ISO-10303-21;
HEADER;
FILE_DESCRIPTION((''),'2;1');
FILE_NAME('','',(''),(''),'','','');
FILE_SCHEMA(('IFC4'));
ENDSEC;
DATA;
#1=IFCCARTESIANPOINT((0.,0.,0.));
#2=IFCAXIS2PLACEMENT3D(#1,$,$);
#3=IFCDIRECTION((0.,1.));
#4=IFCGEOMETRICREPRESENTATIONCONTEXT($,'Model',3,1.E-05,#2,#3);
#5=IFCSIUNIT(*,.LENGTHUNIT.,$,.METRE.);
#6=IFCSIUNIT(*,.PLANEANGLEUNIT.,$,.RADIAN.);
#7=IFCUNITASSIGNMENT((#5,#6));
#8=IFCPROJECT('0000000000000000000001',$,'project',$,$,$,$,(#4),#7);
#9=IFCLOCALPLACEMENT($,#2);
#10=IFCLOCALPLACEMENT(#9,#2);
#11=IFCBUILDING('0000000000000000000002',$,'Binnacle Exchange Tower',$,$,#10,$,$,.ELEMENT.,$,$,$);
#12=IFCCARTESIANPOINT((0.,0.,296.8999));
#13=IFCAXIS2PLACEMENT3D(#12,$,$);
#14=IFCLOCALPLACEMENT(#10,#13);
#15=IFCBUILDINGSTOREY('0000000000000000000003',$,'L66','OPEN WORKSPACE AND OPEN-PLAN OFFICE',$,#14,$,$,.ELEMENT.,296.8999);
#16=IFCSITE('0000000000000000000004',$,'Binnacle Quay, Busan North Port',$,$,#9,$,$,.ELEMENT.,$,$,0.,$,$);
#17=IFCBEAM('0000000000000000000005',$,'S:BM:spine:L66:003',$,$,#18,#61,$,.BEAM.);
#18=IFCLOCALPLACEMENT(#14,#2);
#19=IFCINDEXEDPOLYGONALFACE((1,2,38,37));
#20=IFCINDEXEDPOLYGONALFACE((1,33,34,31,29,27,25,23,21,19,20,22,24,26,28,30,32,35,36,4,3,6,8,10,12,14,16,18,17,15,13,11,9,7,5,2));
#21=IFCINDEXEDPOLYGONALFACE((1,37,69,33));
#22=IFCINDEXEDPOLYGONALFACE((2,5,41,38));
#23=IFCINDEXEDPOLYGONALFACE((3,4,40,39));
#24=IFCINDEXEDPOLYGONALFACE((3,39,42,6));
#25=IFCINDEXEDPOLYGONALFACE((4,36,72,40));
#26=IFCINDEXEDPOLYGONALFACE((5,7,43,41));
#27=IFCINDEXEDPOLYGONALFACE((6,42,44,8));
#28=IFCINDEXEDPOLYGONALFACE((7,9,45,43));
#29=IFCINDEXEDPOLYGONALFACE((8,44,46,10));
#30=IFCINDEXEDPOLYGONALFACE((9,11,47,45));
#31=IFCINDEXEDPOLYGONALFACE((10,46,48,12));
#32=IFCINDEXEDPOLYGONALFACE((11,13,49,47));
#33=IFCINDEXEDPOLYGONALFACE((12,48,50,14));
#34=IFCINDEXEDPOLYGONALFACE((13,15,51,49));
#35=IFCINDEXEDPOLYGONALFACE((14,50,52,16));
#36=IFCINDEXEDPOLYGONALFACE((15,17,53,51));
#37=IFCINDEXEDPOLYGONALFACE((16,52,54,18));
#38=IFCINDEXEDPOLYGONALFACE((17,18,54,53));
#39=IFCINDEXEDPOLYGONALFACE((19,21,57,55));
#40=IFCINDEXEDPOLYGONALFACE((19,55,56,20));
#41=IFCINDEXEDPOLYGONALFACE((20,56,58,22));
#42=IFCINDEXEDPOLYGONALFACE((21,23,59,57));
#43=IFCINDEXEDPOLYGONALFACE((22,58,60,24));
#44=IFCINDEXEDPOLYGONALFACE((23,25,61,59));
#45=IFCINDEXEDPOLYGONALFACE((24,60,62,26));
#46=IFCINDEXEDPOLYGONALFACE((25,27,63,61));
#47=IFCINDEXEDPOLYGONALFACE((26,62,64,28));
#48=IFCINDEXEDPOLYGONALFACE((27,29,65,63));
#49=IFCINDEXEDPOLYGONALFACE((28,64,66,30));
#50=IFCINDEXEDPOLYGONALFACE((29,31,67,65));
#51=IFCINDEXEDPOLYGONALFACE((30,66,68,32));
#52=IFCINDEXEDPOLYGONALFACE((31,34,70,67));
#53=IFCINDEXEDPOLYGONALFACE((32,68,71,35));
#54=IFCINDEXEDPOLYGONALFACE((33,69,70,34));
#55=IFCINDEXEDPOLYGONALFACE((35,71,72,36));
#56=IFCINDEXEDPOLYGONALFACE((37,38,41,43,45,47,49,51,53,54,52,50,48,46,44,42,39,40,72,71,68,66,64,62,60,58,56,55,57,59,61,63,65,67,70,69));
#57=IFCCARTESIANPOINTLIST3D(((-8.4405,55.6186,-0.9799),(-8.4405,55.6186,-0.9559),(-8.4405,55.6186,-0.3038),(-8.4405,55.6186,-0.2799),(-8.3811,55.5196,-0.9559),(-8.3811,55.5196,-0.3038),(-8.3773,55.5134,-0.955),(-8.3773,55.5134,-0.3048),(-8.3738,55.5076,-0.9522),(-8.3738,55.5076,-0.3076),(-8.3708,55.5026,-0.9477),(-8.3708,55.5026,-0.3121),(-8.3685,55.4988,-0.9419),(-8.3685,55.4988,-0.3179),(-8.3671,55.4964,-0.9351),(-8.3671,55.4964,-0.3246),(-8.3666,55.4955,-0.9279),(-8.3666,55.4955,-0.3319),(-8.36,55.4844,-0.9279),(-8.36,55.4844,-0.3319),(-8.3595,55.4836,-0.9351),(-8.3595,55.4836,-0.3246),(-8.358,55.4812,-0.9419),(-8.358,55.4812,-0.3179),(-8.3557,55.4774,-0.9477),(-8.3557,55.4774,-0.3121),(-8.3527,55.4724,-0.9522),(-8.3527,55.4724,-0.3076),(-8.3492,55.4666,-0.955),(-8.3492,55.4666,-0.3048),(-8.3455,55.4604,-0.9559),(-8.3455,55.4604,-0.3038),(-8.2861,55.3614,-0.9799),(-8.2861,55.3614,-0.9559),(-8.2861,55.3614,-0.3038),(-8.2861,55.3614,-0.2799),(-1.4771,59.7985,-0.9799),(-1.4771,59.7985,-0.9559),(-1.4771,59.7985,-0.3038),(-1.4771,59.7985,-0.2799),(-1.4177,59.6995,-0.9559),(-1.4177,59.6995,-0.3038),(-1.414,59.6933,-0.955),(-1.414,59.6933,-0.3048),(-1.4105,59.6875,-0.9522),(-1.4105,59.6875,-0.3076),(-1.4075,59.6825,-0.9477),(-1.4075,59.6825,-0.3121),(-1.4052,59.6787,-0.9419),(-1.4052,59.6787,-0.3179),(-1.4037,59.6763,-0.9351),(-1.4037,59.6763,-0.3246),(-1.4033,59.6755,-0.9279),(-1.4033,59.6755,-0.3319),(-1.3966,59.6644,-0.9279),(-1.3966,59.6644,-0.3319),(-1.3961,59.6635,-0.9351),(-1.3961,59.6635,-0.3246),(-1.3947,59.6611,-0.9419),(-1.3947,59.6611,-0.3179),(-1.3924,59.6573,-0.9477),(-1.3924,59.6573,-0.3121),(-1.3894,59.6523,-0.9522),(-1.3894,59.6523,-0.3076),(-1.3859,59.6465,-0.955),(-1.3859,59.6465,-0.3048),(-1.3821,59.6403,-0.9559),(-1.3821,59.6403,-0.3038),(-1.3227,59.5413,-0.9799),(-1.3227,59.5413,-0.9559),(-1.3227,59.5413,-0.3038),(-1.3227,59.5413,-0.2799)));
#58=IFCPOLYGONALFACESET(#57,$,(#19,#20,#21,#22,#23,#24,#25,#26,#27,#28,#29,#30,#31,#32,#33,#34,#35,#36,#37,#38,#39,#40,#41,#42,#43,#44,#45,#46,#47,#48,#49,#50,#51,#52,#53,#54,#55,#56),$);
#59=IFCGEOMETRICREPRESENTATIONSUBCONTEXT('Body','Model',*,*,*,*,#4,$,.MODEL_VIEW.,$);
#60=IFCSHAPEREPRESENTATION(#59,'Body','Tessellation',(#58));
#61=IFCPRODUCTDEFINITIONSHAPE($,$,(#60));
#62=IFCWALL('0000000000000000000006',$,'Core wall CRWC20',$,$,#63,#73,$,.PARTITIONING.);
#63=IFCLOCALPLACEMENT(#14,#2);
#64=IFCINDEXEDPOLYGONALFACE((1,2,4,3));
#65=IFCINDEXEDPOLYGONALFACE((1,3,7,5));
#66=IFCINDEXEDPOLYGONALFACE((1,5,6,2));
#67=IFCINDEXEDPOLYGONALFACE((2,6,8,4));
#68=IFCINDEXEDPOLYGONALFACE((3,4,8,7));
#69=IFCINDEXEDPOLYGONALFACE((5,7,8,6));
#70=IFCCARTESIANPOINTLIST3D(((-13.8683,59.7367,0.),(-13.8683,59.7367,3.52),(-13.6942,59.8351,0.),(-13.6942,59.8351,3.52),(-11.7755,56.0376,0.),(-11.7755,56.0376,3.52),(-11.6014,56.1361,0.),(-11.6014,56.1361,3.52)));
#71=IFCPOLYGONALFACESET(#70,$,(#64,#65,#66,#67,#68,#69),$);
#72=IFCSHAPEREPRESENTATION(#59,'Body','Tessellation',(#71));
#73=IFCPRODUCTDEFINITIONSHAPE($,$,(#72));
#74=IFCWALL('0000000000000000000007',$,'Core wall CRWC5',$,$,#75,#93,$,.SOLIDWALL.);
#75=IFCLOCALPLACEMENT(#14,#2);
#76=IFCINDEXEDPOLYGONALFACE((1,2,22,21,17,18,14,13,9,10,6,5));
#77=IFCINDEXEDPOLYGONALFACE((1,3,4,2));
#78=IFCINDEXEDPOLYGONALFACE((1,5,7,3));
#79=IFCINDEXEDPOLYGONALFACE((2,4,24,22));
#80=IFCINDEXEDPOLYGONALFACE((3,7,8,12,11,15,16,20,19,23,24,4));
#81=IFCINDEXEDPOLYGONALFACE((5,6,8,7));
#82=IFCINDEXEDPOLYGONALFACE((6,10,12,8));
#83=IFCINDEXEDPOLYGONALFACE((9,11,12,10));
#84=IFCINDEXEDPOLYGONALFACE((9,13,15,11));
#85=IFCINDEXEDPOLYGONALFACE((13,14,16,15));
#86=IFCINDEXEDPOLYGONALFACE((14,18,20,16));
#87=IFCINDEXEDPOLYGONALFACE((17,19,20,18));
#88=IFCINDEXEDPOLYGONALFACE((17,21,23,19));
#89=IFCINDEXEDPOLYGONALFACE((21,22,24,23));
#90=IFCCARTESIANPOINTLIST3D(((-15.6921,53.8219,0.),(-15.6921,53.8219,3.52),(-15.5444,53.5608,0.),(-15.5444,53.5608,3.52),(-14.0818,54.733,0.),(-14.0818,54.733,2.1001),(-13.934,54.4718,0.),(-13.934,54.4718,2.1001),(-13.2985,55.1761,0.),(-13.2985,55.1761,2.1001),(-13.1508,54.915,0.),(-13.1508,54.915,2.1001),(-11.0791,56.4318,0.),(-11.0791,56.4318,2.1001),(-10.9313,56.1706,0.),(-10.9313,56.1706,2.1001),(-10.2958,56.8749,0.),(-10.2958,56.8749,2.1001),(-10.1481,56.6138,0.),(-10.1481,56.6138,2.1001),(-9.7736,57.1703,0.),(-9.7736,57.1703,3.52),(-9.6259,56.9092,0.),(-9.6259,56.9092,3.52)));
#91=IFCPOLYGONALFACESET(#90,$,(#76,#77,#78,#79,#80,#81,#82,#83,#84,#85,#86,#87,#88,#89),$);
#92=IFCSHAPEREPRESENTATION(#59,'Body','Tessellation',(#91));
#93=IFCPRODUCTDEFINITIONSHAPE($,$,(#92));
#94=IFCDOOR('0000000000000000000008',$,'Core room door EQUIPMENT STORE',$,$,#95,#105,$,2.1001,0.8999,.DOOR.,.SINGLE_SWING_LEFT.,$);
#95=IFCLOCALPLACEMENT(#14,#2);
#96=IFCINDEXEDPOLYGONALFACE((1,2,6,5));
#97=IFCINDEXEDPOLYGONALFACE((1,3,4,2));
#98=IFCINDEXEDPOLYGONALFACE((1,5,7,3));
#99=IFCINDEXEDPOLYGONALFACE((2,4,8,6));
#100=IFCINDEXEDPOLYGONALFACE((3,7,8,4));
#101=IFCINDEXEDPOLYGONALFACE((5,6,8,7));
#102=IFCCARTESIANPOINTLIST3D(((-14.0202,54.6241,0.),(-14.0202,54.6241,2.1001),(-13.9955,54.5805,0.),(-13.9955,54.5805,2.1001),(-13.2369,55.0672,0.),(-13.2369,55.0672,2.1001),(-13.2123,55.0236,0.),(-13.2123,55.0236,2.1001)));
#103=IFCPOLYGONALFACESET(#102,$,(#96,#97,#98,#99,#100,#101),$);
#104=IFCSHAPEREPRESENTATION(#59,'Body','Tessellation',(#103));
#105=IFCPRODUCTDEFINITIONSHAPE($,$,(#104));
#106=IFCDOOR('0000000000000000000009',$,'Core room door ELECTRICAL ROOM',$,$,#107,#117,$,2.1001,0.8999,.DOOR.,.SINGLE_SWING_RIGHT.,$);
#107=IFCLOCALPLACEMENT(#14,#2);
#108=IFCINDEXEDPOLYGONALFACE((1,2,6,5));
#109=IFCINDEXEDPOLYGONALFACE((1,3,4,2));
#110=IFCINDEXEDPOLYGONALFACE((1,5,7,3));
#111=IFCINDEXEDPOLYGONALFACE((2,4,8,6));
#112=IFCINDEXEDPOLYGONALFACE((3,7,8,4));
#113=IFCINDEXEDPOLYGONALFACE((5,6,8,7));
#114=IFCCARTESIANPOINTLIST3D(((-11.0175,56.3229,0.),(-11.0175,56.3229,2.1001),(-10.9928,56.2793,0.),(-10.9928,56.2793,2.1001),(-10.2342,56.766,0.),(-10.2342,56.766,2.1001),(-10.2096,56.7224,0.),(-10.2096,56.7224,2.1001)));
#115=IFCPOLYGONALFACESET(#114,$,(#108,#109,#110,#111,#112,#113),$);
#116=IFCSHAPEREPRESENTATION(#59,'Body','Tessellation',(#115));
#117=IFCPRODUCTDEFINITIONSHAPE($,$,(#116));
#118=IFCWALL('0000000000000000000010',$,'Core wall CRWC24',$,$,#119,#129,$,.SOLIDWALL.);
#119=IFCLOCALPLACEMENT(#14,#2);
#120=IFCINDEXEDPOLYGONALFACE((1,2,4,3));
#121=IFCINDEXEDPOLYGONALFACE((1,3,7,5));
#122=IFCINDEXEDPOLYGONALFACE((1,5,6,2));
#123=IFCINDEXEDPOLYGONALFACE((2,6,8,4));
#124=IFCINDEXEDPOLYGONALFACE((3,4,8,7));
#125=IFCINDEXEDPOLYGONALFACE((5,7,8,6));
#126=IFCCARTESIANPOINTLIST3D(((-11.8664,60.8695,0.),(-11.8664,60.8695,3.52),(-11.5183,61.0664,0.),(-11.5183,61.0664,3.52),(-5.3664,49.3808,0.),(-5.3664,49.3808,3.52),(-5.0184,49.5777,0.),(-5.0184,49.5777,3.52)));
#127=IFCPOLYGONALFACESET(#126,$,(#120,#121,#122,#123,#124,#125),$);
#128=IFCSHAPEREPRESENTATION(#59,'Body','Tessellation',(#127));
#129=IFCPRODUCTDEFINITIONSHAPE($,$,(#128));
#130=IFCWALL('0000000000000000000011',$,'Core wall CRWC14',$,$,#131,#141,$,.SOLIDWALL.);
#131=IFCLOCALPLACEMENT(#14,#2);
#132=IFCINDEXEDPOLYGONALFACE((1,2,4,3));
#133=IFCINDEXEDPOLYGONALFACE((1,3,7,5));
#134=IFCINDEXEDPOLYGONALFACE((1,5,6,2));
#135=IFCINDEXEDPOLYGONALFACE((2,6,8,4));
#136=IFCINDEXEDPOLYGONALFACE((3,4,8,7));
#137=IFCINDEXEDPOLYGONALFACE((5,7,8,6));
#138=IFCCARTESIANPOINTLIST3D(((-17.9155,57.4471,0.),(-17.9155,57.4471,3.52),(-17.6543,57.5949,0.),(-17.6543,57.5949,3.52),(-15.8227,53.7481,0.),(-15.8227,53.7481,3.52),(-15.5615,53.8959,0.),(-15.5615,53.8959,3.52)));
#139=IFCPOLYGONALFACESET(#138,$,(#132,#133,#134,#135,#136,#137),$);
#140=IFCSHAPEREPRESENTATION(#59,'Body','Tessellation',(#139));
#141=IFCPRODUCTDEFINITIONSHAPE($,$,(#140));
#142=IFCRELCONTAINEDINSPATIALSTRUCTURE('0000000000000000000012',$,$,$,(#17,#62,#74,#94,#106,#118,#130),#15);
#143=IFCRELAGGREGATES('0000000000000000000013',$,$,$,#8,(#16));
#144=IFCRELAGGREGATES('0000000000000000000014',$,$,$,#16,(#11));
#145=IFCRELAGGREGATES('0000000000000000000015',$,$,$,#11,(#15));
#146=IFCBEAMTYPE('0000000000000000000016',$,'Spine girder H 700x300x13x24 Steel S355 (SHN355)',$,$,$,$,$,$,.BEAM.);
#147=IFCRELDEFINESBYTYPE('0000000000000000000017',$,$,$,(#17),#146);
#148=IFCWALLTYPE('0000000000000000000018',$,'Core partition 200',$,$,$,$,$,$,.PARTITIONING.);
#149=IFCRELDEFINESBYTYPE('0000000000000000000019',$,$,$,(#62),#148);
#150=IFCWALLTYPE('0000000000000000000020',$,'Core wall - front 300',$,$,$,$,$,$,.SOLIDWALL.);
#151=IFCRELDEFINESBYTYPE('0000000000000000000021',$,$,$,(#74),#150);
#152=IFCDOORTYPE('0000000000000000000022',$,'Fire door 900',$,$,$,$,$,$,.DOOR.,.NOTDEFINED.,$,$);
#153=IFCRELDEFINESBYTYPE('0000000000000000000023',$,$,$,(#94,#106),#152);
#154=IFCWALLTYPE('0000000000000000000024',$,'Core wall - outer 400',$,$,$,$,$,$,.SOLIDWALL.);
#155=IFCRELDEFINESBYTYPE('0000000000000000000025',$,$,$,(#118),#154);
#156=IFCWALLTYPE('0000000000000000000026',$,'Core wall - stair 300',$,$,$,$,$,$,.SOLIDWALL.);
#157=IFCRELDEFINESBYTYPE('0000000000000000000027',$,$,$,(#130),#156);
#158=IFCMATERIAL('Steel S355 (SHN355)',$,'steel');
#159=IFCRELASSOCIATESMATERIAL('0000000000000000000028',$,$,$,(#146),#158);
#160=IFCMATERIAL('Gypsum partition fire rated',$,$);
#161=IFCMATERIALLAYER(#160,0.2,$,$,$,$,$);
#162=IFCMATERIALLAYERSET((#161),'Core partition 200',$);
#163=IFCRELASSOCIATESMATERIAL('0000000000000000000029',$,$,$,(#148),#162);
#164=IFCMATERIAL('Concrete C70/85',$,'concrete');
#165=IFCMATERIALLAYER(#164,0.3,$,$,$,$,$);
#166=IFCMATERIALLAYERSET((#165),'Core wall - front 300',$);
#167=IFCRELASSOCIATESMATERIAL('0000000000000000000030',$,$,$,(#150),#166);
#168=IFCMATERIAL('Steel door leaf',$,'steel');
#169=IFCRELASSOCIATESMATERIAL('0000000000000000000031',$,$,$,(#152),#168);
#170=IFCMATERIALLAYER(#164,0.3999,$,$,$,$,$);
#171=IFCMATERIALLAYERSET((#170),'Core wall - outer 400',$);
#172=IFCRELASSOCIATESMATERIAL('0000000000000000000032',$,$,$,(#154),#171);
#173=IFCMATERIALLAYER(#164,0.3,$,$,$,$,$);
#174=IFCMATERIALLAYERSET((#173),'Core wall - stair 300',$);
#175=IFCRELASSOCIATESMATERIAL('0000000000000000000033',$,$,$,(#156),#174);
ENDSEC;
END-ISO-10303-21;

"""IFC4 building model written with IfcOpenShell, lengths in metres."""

from ifc_helpers import new_model, si_unit, direction, frame, frame_2d, origin, origin_2d, place, context, subcontext, project, spatial, rectangle, i_section, extrude, material, layer, layer_set, material_profile, profile_set, type_object, element, fill, save


model = new_model("IFC4")

# Units and contexts
model_context = context("Model", 3, precision=1e-05, world=origin(), true_north=direction((0.0, 1.0)))
body_context = subcontext(model_context, "Body", "Model", "MODEL_VIEW")
ifc_project = project(units=[si_unit("LENGTHUNIT", "METRE"), si_unit("PLANEANGLEUNIT", "RADIAN")], contexts=[model_context])

# Site, building, storey
site_placement = place(None, origin())
site = spatial("IfcSite", under=ifc_project, at=site_placement, Name="Binnacle Quay, Busan North Port", CompositionType="ELEMENT", RefElevation=0.0)
building_placement = place(site_placement, origin())
building = spatial("IfcBuilding", under=site, at=building_placement, Name="Binnacle Exchange Tower", CompositionType="ELEMENT")
storey_placement = place(building_placement, frame((0.0, 0.0, 296.8999)))
storey = spatial("IfcBuildingStorey", under=building, at=storey_placement, Name="L66", Description="OPEN WORKSPACE AND OPEN-PLAN OFFICE", CompositionType="ELEMENT", Elevation=296.8999)

# Beam
ifc_material_1 = material(Name="Steel S355 (SHN355)", Category="steel")
ifc_material_profile_1 = material_profile(ifc_material_1, i_section(OverallWidth=0.3, OverallDepth=0.7, WebThickness=0.0129, FlangeThickness=0.0239, FilletRadius=0.0281, at=origin_2d()), Name="H 700x300x13x24")
ifc_profile_set_1 = profile_set([ifc_material_profile_1], Name="Steel S355 (SHN355)")
beam_type_1 = type_object("IfcBeamType", Name="Spine girder H 700x300x13x24 Steel S355 (SHN355)", PredefinedType="BEAM", material=ifc_profile_set_1)
beam_1_placement = place(storey_placement, frame((-8.3633, 55.49, -0.6299), z_axis=(0.857389, 0.514668, 0.0), x_axis=(-0.514668, 0.857389, 0.0)))
element("IfcBeam", 1, at=beam_1_placement, inside=storey, type_object=beam_type_1, Name="S:BM:spine:L66:003", PredefinedType="BEAM", context=body_context, shape_type="SweptSolid", body=[
    extrude(i_section(OverallWidth=0.3, OverallDepth=0.7, WebThickness=0.0129, FlangeThickness=0.0239, FilletRadius=0.0281, at=origin_2d()), origin(), (0.0, 0.0, 1.0), 8.1216),
])

# Wall
ifc_material_2 = material(Name="Gypsum partition fire rated")
ifc_layer_1 = layer(ifc_material_2, 0.2)
ifc_layer_set_1 = layer_set([ifc_layer_1], Name="Core partition 200")
wall_type_1 = type_object("IfcWallType", Name="Core partition 200", PredefinedType="PARTITIONING", material=ifc_layer_set_1)
wall_1_placement = place(storey_placement, frame((-13.7812, 59.7859, 0.0), z_axis=(0.0, 0.0, 1.0), x_axis=(0.492423, -0.870356, 0.0)))
element("IfcWall", 2, at=wall_1_placement, inside=storey, type_object=wall_type_1, Name="Core wall CRWC20", PredefinedType="PARTITIONING", context=body_context, shape_type="SweptSolid", body=[
    extrude(rectangle(XDim=4.25, YDim=0.2, at=frame_2d((2.125, 0.0))), origin(), (0.0, 0.0, 1.0), 3.52),
])

# Wall, openings, doors
ifc_material_3 = material(Name="Concrete C70/85", Category="concrete")
ifc_layer_2 = layer(ifc_material_3, 0.3)
ifc_layer_set_2 = layer_set([ifc_layer_2], Name="Core wall - front 300")
wall_type_2 = type_object("IfcWallType", Name="Core wall - front 300", PredefinedType="SOLIDWALL", material=ifc_layer_set_2)
wall_2_placement = place(storey_placement, frame((-15.6182, 53.6914, 0.0), z_axis=(0.0, 0.0, 1.0), x_axis=(0.870363, 0.492411, 0.0)))
wall_2 = element("IfcWall", 3, at=wall_2_placement, inside=storey, type_object=wall_type_2, Name="Core wall CRWC5", PredefinedType="SOLIDWALL", context=body_context, shape_type="SweptSolid", body=[
    extrude(rectangle(XDim=6.8, YDim=0.3, at=frame_2d((3.3999, 0.0))), origin(), (0.0, 0.0, 1.0), 3.52),
])
opening_1_placement = place(wall_2_placement, frame((1.8501, 0.0, 0.0)))
opening_1 = element("IfcOpeningElement", 4, at=opening_1_placement, cuts=wall_2, PredefinedType="OPENING", context=body_context, shape_type="SweptSolid", body=[
    extrude(rectangle(XDim=0.8999, YDim=2.1001, at=frame_2d((0.45, 1.05))), frame((0.0, 0.1599, 0.0), z_axis=(0.0, -1.0, 0.0), x_axis=(1.0, 0.0, 0.0)), (0.0, 0.0, 1.0), 0.3201),
])
opening_2_placement = place(wall_2_placement, frame((5.3, 0.0, 0.0)))
opening_2 = element("IfcOpeningElement", 5, at=opening_2_placement, cuts=wall_2, PredefinedType="OPENING", context=body_context, shape_type="SweptSolid", body=[
    extrude(rectangle(XDim=0.8999, YDim=2.1001, at=frame_2d((0.45, 1.05))), frame((0.0, 0.1599, 0.0), z_axis=(0.0, -1.0, 0.0), x_axis=(1.0, 0.0, 0.0)), (0.0, 0.0, 1.0), 0.3201),
])
ifc_material_4 = material(Name="Steel door leaf", Category="steel")
door_type = type_object("IfcDoorType", Name="Fire door 900", OperationType="NOTDEFINED", PredefinedType="DOOR", material=ifc_material_4)
door_1_placement = place(opening_1_placement, origin())
door_1 = element("IfcDoor", 6, at=door_1_placement, inside=storey, type_object=door_type, Name="Core room door EQUIPMENT STORE", OperationType="SINGLE_SWING_LEFT", OverallHeight=2.1001, OverallWidth=0.8999, PredefinedType="DOOR", context=body_context, shape_type="SweptSolid", body=[
    extrude(rectangle(XDim=0.8999, YDim=2.1001, at=frame_2d((0.45, 1.05))), frame((0.0, 0.0249, 0.0), z_axis=(0.0, -1.0, 0.0), x_axis=(1.0, 0.0, 0.0)), (0.0, 0.0, 1.0), 0.05),
])
fill(opening_1, door_1)
door_2_placement = place(opening_2_placement, origin())
door_2 = element("IfcDoor", 7, at=door_2_placement, inside=storey, type_object=door_type, Name="Core room door ELECTRICAL ROOM", OperationType="SINGLE_SWING_RIGHT", OverallHeight=2.1001, OverallWidth=0.8999, PredefinedType="DOOR", context=body_context, shape_type="SweptSolid", body=[
    extrude(rectangle(XDim=0.8999, YDim=2.1001, at=frame_2d((0.45, 1.05))), frame((0.0, 0.0249, 0.0), z_axis=(0.0, -1.0, 0.0), x_axis=(1.0, 0.0, 0.0)), (0.0, 0.0, 1.0), 0.05),
])
fill(opening_2, door_2)

# Walls
ifc_layer_3 = layer(ifc_material_3, 0.3999)
ifc_layer_set_3 = layer_set([ifc_layer_3], Name="Core wall - outer 400")
wall_type_3 = type_object("IfcWallType", Name="Core wall - outer 400", PredefinedType="SOLIDWALL", material=ifc_layer_set_3)
wall_3_placement = place(storey_placement, frame((-11.6924, 60.968, 0.0), z_axis=(0.0, 0.0, 1.0), x_axis=(0.492422, -0.870357, 0.0)))
element("IfcWall", 8, at=wall_3_placement, inside=storey, type_object=wall_type_3, Name="Core wall CRWC24", PredefinedType="SOLIDWALL", context=body_context, shape_type="SweptSolid", body=[
    extrude(rectangle(XDim=13.2, YDim=0.3999, at=frame_2d((6.6001, 0.0))), origin(), (0.0, 0.0, 1.0), 3.52),
])
ifc_layer_4 = layer(ifc_material_3, 0.3)
ifc_layer_set_4 = layer_set([ifc_layer_4], Name="Core wall - stair 300")
wall_type_4 = type_object("IfcWallType", Name="Core wall - stair 300", PredefinedType="SOLIDWALL", material=ifc_layer_set_4)
wall_4_placement = place(storey_placement, frame((-17.7849, 57.521, 0.0), z_axis=(0.0, 0.0, 1.0), x_axis=(0.492423, -0.870356, 0.0)))
element("IfcWall", 9, at=wall_4_placement, inside=storey, type_object=wall_type_4, Name="Core wall CRWC14", PredefinedType="SOLIDWALL", context=body_context, shape_type="SweptSolid", body=[
    extrude(rectangle(XDim=4.25, YDim=0.3, at=frame_2d((2.125, 0.0))), origin(), (0.0, 0.0, 1.0), 3.52),
])

save(model, "model.ifc")
